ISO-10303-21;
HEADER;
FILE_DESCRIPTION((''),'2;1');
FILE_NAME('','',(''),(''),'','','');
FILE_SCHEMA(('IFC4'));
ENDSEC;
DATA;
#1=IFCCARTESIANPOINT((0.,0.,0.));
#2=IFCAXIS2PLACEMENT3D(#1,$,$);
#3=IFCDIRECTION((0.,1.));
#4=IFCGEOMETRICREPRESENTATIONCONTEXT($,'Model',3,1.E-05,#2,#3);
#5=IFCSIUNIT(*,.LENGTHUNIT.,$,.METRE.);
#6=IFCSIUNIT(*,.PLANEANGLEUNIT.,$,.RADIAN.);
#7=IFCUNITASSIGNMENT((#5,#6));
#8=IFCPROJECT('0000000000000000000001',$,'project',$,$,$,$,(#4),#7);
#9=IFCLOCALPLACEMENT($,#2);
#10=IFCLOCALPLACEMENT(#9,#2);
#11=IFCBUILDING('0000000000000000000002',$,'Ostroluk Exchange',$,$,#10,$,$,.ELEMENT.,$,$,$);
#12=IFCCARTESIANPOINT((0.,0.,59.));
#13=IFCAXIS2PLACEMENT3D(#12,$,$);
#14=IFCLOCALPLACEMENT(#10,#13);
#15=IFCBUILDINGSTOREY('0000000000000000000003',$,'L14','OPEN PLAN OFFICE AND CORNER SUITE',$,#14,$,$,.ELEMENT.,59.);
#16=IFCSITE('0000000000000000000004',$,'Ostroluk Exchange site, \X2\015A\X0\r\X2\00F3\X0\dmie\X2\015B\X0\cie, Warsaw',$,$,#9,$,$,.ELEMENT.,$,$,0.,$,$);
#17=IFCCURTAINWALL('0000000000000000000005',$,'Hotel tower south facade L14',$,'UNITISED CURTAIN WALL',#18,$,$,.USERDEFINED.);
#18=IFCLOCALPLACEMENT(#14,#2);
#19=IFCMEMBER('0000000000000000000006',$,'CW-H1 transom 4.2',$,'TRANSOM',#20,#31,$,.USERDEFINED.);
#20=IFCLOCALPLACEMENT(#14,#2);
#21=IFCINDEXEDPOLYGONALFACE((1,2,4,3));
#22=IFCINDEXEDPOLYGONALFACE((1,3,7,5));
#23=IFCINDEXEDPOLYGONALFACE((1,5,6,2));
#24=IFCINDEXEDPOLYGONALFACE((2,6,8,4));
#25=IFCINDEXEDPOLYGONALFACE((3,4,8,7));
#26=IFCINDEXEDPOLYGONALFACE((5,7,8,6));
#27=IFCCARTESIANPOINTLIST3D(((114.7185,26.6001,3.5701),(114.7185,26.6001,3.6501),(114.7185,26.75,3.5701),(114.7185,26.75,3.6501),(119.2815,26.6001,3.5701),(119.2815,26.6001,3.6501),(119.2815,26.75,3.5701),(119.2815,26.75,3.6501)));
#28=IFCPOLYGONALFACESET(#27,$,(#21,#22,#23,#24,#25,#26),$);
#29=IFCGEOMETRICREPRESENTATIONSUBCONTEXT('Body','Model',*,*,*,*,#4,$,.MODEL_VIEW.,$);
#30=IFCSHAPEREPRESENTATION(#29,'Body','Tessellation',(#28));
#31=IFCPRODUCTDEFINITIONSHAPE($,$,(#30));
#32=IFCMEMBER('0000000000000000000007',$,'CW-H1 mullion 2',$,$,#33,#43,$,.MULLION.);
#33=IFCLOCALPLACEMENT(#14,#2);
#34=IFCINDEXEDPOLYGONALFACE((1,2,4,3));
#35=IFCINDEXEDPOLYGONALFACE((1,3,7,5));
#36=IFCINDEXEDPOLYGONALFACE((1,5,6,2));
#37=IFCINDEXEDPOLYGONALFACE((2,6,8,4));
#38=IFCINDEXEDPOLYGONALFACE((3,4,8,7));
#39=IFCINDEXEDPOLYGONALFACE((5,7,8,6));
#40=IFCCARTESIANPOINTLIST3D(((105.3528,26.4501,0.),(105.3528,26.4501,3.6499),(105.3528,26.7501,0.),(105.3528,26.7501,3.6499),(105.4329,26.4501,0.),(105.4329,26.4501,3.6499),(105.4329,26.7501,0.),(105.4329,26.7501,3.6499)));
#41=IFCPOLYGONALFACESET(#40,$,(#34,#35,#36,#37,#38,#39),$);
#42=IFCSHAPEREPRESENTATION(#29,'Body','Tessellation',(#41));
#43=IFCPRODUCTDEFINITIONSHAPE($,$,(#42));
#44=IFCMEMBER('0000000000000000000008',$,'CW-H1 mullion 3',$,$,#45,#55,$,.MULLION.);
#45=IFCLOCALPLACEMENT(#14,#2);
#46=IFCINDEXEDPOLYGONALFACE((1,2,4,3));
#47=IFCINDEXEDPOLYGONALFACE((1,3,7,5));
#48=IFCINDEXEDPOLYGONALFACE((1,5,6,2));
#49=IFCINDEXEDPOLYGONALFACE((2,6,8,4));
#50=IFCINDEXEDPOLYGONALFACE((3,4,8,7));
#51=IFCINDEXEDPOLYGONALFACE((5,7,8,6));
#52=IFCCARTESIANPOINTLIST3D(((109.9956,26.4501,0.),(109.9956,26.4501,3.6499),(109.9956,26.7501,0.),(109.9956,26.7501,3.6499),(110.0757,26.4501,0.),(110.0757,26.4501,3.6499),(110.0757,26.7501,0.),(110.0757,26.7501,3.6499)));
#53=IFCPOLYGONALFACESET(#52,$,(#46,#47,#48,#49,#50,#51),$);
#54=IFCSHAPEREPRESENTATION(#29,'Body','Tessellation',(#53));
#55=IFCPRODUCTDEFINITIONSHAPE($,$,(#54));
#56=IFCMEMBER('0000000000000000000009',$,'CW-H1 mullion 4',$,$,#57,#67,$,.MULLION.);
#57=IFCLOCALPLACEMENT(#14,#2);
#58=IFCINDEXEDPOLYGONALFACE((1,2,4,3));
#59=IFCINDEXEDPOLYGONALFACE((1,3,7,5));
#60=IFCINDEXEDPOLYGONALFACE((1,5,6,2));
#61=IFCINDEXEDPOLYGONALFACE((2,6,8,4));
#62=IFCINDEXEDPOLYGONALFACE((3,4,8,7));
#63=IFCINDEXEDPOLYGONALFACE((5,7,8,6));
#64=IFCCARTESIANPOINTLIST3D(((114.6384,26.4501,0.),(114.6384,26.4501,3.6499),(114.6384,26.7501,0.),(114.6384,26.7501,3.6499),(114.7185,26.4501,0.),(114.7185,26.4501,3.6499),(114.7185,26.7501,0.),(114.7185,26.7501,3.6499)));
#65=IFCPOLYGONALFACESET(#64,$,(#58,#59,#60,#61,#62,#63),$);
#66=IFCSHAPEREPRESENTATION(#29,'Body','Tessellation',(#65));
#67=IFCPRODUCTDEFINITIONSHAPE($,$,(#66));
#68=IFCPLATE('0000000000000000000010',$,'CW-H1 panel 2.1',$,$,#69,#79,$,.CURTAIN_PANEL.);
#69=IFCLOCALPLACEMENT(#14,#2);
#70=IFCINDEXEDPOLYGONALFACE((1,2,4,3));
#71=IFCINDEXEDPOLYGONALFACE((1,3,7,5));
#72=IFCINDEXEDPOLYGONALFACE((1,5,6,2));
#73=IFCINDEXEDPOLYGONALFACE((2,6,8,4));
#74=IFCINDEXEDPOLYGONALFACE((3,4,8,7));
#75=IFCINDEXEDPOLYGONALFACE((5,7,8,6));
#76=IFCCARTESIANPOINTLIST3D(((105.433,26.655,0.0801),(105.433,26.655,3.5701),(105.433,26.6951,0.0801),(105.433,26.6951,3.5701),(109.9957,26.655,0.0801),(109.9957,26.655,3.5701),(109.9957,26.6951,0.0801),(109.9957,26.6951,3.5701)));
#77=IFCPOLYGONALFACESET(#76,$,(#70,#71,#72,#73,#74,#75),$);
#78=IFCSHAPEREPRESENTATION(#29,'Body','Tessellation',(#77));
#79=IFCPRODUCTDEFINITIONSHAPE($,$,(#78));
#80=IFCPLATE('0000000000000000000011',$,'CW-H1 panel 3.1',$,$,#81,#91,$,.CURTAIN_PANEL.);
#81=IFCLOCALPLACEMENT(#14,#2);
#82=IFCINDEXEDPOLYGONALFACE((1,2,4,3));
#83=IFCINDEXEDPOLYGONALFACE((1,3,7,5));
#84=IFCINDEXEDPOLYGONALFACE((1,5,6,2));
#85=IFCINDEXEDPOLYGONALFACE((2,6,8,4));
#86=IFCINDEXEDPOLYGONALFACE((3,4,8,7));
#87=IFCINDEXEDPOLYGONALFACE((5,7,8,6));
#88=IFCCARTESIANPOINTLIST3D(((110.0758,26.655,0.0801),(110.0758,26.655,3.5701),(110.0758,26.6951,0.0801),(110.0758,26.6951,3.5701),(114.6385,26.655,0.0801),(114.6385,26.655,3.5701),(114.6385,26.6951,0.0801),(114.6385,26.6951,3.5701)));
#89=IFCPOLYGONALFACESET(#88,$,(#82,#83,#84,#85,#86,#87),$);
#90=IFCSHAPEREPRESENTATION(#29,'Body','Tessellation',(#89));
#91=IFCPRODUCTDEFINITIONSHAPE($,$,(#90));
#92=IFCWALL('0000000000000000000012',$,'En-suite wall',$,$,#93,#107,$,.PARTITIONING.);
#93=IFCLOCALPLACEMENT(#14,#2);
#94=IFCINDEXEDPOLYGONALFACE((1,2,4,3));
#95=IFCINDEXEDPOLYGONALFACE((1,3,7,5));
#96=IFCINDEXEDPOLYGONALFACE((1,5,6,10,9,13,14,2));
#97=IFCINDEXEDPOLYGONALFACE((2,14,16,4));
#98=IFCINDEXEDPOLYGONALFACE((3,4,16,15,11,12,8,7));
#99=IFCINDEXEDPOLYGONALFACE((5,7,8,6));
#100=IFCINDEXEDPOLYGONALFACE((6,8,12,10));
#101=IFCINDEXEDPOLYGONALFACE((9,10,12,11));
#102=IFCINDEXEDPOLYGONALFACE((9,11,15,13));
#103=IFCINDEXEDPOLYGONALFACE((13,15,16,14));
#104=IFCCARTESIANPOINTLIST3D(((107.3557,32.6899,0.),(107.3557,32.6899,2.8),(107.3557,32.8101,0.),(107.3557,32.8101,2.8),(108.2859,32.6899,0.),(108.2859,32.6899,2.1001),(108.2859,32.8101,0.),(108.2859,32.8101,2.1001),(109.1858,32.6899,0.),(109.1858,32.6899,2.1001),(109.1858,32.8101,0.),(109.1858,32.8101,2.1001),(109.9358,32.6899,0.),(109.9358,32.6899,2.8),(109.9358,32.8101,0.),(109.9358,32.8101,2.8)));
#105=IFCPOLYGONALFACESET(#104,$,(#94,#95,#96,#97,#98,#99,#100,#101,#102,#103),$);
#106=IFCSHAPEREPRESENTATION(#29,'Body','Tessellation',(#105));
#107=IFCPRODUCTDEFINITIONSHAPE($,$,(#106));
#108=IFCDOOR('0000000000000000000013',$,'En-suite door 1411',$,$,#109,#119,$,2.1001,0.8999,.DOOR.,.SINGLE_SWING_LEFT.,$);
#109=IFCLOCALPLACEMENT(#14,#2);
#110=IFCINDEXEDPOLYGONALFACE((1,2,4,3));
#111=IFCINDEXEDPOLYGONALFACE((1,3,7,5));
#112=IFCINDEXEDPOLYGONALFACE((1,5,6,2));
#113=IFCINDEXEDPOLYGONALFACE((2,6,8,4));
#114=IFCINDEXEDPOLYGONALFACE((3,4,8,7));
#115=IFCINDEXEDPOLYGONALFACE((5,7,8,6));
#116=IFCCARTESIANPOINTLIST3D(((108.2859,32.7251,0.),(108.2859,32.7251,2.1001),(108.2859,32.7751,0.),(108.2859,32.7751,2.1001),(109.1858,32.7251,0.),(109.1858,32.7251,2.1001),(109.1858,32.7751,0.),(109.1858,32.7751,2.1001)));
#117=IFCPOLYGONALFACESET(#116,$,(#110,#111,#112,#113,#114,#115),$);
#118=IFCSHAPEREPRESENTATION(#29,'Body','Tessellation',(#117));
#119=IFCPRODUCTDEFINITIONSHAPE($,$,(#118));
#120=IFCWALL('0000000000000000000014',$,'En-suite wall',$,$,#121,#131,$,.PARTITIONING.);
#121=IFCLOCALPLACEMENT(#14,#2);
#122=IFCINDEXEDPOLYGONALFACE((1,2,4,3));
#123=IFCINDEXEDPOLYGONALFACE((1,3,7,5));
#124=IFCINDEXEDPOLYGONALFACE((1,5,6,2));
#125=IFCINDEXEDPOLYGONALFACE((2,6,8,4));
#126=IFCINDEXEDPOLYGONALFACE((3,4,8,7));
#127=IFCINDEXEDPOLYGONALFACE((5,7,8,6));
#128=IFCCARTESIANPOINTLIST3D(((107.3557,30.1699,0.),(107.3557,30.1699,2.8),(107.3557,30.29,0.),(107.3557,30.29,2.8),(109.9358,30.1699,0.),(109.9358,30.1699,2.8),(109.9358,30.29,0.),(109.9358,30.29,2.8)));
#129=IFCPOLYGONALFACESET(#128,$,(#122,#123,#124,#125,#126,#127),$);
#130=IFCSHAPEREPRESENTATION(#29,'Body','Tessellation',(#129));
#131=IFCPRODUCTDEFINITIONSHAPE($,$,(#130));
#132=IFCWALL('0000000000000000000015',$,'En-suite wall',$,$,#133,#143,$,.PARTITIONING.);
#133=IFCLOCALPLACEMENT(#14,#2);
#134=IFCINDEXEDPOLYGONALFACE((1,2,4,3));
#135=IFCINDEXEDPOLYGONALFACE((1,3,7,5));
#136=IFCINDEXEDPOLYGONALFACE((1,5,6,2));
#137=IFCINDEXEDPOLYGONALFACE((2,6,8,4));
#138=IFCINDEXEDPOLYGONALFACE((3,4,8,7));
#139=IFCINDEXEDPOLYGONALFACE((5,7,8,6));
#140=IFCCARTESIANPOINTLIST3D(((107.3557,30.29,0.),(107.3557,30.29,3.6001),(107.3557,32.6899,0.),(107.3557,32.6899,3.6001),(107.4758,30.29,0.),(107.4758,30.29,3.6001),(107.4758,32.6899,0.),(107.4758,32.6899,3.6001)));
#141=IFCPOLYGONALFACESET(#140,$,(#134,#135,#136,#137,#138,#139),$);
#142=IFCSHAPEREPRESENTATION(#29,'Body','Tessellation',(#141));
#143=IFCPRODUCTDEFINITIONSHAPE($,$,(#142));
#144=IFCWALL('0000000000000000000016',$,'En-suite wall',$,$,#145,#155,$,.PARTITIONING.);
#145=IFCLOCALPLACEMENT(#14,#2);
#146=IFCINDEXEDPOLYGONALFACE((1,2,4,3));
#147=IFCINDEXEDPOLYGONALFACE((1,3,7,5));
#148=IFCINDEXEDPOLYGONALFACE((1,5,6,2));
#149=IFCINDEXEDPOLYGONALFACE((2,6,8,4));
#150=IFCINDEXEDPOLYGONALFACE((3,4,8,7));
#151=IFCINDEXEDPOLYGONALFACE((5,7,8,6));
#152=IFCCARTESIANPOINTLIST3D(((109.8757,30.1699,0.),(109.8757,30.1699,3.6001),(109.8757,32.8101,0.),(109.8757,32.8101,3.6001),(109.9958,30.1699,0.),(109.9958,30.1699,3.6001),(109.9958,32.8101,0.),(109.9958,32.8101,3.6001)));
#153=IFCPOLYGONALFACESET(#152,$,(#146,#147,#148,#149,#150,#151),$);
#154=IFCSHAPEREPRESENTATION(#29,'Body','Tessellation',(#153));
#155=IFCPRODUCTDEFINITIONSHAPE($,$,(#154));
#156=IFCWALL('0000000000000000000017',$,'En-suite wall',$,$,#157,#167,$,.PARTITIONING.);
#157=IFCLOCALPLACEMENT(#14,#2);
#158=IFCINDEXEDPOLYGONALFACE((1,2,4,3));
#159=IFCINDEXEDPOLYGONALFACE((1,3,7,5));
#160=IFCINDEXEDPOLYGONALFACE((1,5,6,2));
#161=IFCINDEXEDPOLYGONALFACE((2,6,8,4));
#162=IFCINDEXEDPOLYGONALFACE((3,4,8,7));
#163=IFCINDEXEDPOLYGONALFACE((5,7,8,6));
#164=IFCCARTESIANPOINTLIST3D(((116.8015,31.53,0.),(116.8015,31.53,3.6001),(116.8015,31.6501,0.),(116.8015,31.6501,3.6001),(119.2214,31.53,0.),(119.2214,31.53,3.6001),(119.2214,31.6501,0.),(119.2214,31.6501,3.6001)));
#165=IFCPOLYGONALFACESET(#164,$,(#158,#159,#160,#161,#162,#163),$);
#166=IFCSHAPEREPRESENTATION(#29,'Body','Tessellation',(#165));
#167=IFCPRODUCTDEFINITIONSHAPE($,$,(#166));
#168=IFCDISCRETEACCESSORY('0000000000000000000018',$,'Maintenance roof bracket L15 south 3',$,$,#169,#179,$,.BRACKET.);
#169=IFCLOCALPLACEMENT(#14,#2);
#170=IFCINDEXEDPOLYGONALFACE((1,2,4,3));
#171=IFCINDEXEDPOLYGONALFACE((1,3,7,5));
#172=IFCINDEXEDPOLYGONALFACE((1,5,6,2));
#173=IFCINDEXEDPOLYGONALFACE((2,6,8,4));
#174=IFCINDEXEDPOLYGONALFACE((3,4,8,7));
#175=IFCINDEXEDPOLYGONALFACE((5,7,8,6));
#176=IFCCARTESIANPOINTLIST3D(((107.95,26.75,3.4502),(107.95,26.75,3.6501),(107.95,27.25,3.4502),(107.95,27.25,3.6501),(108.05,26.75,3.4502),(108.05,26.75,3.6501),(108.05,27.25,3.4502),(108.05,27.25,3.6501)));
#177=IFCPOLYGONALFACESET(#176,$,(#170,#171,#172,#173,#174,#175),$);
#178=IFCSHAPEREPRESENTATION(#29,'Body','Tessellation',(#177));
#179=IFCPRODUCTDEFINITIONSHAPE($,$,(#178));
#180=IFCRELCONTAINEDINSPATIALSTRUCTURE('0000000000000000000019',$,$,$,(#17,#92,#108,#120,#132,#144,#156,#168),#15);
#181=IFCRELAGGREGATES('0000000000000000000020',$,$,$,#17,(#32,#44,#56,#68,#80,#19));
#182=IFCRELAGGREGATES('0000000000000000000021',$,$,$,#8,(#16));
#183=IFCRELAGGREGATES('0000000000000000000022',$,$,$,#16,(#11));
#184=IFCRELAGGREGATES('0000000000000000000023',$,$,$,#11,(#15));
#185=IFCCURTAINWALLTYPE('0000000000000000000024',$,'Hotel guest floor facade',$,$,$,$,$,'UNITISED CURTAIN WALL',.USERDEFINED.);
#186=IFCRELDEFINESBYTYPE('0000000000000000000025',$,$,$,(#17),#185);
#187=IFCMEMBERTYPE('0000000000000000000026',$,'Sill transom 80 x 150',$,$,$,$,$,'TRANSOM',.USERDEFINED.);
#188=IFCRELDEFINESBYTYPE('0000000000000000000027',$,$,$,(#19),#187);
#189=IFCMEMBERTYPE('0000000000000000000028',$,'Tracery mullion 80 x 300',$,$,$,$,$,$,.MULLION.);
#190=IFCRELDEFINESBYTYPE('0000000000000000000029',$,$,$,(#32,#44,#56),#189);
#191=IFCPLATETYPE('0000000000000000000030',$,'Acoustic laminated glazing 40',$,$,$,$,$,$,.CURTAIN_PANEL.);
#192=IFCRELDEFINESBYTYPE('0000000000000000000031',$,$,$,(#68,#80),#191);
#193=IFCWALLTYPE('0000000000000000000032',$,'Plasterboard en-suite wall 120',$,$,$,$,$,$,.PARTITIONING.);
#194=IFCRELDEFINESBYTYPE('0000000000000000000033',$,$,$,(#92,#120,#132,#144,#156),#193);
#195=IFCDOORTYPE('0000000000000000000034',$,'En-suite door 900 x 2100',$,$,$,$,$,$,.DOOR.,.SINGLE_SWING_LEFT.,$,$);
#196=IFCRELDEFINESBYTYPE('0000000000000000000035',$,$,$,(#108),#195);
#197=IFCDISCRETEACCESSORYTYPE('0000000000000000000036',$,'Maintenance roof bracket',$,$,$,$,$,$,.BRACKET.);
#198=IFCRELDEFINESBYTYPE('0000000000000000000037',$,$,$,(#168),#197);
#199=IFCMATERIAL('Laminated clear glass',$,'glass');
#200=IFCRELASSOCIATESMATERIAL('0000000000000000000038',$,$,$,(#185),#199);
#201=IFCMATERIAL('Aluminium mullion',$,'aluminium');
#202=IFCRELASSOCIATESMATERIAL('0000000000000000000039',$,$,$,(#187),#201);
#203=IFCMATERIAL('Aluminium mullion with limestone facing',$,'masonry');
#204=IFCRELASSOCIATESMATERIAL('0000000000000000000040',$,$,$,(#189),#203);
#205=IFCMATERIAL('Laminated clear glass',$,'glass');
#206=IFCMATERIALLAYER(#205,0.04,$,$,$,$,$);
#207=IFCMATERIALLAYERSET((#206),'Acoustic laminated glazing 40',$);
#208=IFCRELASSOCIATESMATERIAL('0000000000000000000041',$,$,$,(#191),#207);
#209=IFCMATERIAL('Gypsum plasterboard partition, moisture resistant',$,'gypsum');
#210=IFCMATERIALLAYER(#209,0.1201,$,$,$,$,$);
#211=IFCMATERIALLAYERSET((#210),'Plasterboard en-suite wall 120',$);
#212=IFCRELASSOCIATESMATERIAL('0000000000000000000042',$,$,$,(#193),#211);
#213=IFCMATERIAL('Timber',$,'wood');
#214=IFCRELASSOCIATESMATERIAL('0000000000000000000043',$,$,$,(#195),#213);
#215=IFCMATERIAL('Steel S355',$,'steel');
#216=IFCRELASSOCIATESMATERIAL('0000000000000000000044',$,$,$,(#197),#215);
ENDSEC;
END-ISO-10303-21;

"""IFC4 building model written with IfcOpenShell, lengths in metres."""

from ifc_helpers import new_model, si_unit, direction, frame, frame_2d, origin, origin_2d, place, context, subcontext, project, spatial, rectangle, extrude, material, layer, layer_set, material_profile, profile_set, type_object, element, fill, aggregate, save


model = new_model("IFC4")

# Units and contexts
model_context = context("Model", 3, precision=1e-05, world=origin(), true_north=direction((0.0, 1.0)))
body_context = subcontext(model_context, "Body", "Model", "MODEL_VIEW")
ifc_project = project(units=[si_unit("LENGTHUNIT", "METRE"), si_unit("PLANEANGLEUNIT", "RADIAN")], contexts=[model_context])

# Site, building, storey
site_placement = place(None, origin())
site = spatial("IfcSite", under=ifc_project, at=site_placement, Name="Ostroluk Exchange site, Śródmieście, Warsaw", CompositionType="ELEMENT", RefElevation=0.0)
building_placement = place(site_placement, origin())
building = spatial("IfcBuilding", under=site, at=building_placement, Name="Ostroluk Exchange", CompositionType="ELEMENT")
storey_placement = place(building_placement, frame((0.0, 0.0, 59.0)))
storey = spatial("IfcBuildingStorey", under=building, at=storey_placement, Name="L14", Description="OPEN PLAN OFFICE AND CORNER SUITE", CompositionType="ELEMENT", Elevation=59.0)

# Curtain wall, members, plates
ifc_material_1 = material(Name="Laminated clear glass", Category="glass")
curtain_wall_type = type_object("IfcCurtainWallType", Name="Hotel guest floor facade", ElementType="UNITISED CURTAIN WALL", PredefinedType="USERDEFINED", material=ifc_material_1)
curtain_wall_placement = place(storey_placement, origin())
curtain_wall = element("IfcCurtainWall", 1, at=curtain_wall_placement, inside=storey, type_object=curtain_wall_type, Name="Hotel tower south facade L14", ObjectType="UNITISED CURTAIN WALL", PredefinedType="USERDEFINED")
ifc_material_2 = material(Name="Aluminium mullion", Category="aluminium")
ifc_material_profile_1 = material_profile(ifc_material_2, rectangle(XDim=0.1499, YDim=0.0801, at=origin_2d()), Name="Sill transom 80 x 150")
ifc_profile_set_1 = profile_set([ifc_material_profile_1], Name="Aluminium mullion")
member_type_1 = type_object("IfcMemberType", Name="Sill transom 80 x 150", ElementType="TRANSOM", PredefinedType="USERDEFINED", material=ifc_profile_set_1)
member_1_placement = place(storey_placement, frame((114.7185, 26.675, 3.6101), z_axis=(1.0, 0.0, 0.0), x_axis=(0.0, 1.0, 0.0)))
member_1 = element("IfcMember", 2, at=member_1_placement, type_object=member_type_1, Name="CW-H1 transom 4.2", ObjectType="TRANSOM", PredefinedType="USERDEFINED", context=body_context, shape_type="SweptSolid", body=[
    extrude(rectangle(XDim=0.1499, YDim=0.0801, at=origin_2d()), origin(), (0.0, 0.0, 1.0), 4.563),
])
ifc_material_3 = material(Name="Aluminium mullion with limestone facing", Category="masonry")
ifc_material_profile_2 = material_profile(ifc_material_3, rectangle(XDim=0.3, YDim=0.0801, at=origin_2d()), Name="Tracery mullion 80 x 300")
ifc_profile_set_2 = profile_set([ifc_material_profile_2], Name="Aluminium mullion with limestone facing")
member_type_2 = type_object("IfcMemberType", Name="Tracery mullion 80 x 300", PredefinedType="MULLION", material=ifc_profile_set_2)
member_2_placement = place(storey_placement, frame((105.3928, 26.6001, 0.0), z_axis=(0.0, 0.0, 1.0), x_axis=(0.0, 1.0, 0.0)))
member_2 = element("IfcMember", 3, at=member_2_placement, type_object=member_type_2, Name="CW-H1 mullion 2", PredefinedType="MULLION", context=body_context, shape_type="SweptSolid", body=[
    extrude(rectangle(XDim=0.3, YDim=0.0801, at=origin_2d()), origin(), (0.0, 0.0, 1.0), 3.6499),
])
member_3_placement = place(storey_placement, frame((110.0356, 26.6001, 0.0), z_axis=(0.0, 0.0, 1.0), x_axis=(0.0, 1.0, 0.0)))
member_3 = element("IfcMember", 4, at=member_3_placement, type_object=member_type_2, Name="CW-H1 mullion 3", PredefinedType="MULLION", context=body_context, shape_type="SweptSolid", body=[
    extrude(rectangle(XDim=0.3, YDim=0.0801, at=origin_2d()), origin(), (0.0, 0.0, 1.0), 3.6499),
])
member_4_placement = place(storey_placement, frame((114.6785, 26.6001, 0.0), z_axis=(0.0, 0.0, 1.0), x_axis=(0.0, 1.0, 0.0)))
member_4 = element("IfcMember", 5, at=member_4_placement, type_object=member_type_2, Name="CW-H1 mullion 4", PredefinedType="MULLION", context=body_context, shape_type="SweptSolid", body=[
    extrude(rectangle(XDim=0.3, YDim=0.0801, at=origin_2d()), origin(), (0.0, 0.0, 1.0), 3.6499),
])
ifc_material_4 = material(Name="Laminated clear glass", Category="glass")
ifc_layer_1 = layer(ifc_material_4, 0.04)
ifc_layer_set_1 = layer_set([ifc_layer_1], Name="Acoustic laminated glazing 40")
plate_type = type_object("IfcPlateType", Name="Acoustic laminated glazing 40", PredefinedType="CURTAIN_PANEL", material=ifc_layer_set_1)
plate_1_placement = place(storey_placement, frame((107.7144, 26.675, 0.0801), z_axis=(0.0, 0.0, 1.0), x_axis=(1.0, 0.0, 0.0)))
plate_1 = element("IfcPlate", 6, at=plate_1_placement, type_object=plate_type, Name="CW-H1 panel 2.1", PredefinedType="CURTAIN_PANEL", context=body_context, shape_type="SweptSolid", body=[
    extrude(rectangle(XDim=4.5627, YDim=0.04, at=origin_2d()), origin(), (0.0, 0.0, 1.0), 3.49),
])
plate_2_placement = place(storey_placement, frame((112.3572, 26.675, 0.0801), z_axis=(0.0, 0.0, 1.0), x_axis=(1.0, 0.0, 0.0)))
plate_2 = element("IfcPlate", 7, at=plate_2_placement, type_object=plate_type, Name="CW-H1 panel 3.1", PredefinedType="CURTAIN_PANEL", context=body_context, shape_type="SweptSolid", body=[
    extrude(rectangle(XDim=4.5627, YDim=0.04, at=origin_2d()), origin(), (0.0, 0.0, 1.0), 3.49),
])
aggregate(curtain_wall, [member_2, member_3, member_4, plate_1, plate_2, member_1])

# Wall, opening, door
ifc_material_5 = material(Name="Gypsum plasterboard partition, moisture resistant", Category="gypsum")
ifc_layer_2 = layer(ifc_material_5, 0.1201)
ifc_layer_set_2 = layer_set([ifc_layer_2], Name="Plasterboard en-suite wall 120")
wall_type = type_object("IfcWallType", Name="Plasterboard en-suite wall 120", PredefinedType="PARTITIONING", material=ifc_layer_set_2)
wall_1_placement = place(storey_placement, frame((109.9358, 32.75, 0.0), z_axis=(0.0, 0.0, 1.0), x_axis=(-1.0, 0.0, 0.0)))
wall_1 = element("IfcWall", 8, at=wall_1_placement, inside=storey, type_object=wall_type, Name="En-suite wall", PredefinedType="PARTITIONING", context=body_context, shape_type="SweptSolid", body=[
    extrude(rectangle(XDim=2.5801, YDim=0.1201, at=frame_2d((1.29, 0.0))), origin(), (0.0, 0.0, 1.0), 2.8),
])
opening_placement = place(wall_1_placement, frame((0.75, 0.0, 0.0)))
opening = element("IfcOpeningElement", 9, at=opening_placement, cuts=wall_1, PredefinedType="OPENING", context=body_context, shape_type="SweptSolid", body=[
    extrude(rectangle(XDim=0.8999, YDim=2.1001, at=frame_2d((0.45, 1.05))), frame((0.0, 0.0701, 0.0), z_axis=(0.0, -1.0, 0.0), x_axis=(1.0, 0.0, 0.0)), (0.0, 0.0, 1.0), 0.1401),
])
ifc_material_6 = material(Name="Timber", Category="wood")
door_type = type_object("IfcDoorType", Name="En-suite door 900 x 2100", OperationType="SINGLE_SWING_LEFT", PredefinedType="DOOR", material=ifc_material_6)
door_placement = place(opening_placement, origin())
door = element("IfcDoor", 10, at=door_placement, inside=storey, type_object=door_type, Name="En-suite door 1411", OperationType="SINGLE_SWING_LEFT", OverallHeight=2.1001, OverallWidth=0.8999, PredefinedType="DOOR", context=body_context, shape_type="SweptSolid", body=[
    extrude(rectangle(XDim=0.8999, YDim=2.1001, at=frame_2d((0.45, 1.05))), frame((0.0, 0.0249, 0.0), z_axis=(0.0, -1.0, 0.0), x_axis=(1.0, 0.0, 0.0)), (0.0, 0.0, 1.0), 0.05),
])
fill(opening, door)

# Walls
wall_2_placement = place(storey_placement, frame((109.9358, 30.23, 0.0), z_axis=(0.0, 0.0, 1.0), x_axis=(-1.0, 0.0, 0.0)))
element("IfcWall", 11, at=wall_2_placement, inside=storey, type_object=wall_type, Name="En-suite wall", PredefinedType="PARTITIONING", context=body_context, shape_type="SweptSolid", body=[
    extrude(rectangle(XDim=2.5801, YDim=0.1201, at=frame_2d((1.29, 0.0))), origin(), (0.0, 0.0, 1.0), 2.8),
])
wall_3_placement = place(storey_placement, frame((107.4158, 32.6899, 0.0), z_axis=(0.0, 0.0, 1.0), x_axis=(0.0, -1.0, 0.0)))
element("IfcWall", 12, at=wall_3_placement, inside=storey, type_object=wall_type, Name="En-suite wall", PredefinedType="PARTITIONING", context=body_context, shape_type="SweptSolid", body=[
    extrude(rectangle(XDim=2.3999, YDim=0.1201, at=frame_2d((1.2, 0.0))), origin(), (0.0, 0.0, 1.0), 3.6001),
])
wall_4_placement = place(storey_placement, frame((109.9358, 32.8101, 0.0), z_axis=(0.0, 0.0, 1.0), x_axis=(0.0, -1.0, 0.0)))
element("IfcWall", 13, at=wall_4_placement, inside=storey, type_object=wall_type, Name="En-suite wall", PredefinedType="PARTITIONING", context=body_context, shape_type="SweptSolid", body=[
    extrude(rectangle(XDim=2.6401, YDim=0.1201, at=frame_2d((1.3201, 0.0))), origin(), (0.0, 0.0, 1.0), 3.6001),
])
wall_5_placement = place(storey_placement, frame((116.8015, 31.5901, 0.0), z_axis=(0.0, 0.0, 1.0), x_axis=(1.0, 0.0, 0.0)))
element("IfcWall", 14, at=wall_5_placement, inside=storey, type_object=wall_type, Name="En-suite wall", PredefinedType="PARTITIONING", context=body_context, shape_type="SweptSolid", body=[
    extrude(rectangle(XDim=2.4199, YDim=0.1201, at=frame_2d((1.21, 0.0))), origin(), (0.0, 0.0, 1.0), 3.6001),
])

# Discrete accessory
ifc_material_7 = material(Name="Steel S355", Category="steel")
discrete_accessory_type = type_object("IfcDiscreteAccessoryType", Name="Maintenance roof bracket", PredefinedType="BRACKET", material=ifc_material_7)
for number, where, z_axis, x_axis, name in (
    (15, (108.0, 27.0, 3.4502), (0.0, 0.0, 1.0), (1.0, 0.0, 0.0), "Maintenance roof bracket L15 south 3"),
):
    element("IfcDiscreteAccessory", number, at=place(storey_placement, frame(where, z_axis=z_axis, x_axis=x_axis)), inside=storey, type_object=discrete_accessory_type, Name=name, PredefinedType="BRACKET", context=body_context, shape_type="SweptSolid", body=[
        extrude(rectangle(XDim=0.1001, YDim=0.5, at=origin_2d()), origin(), (0.0, 0.0, 1.0), 0.2),
    ])

save(model, "model.ifc")
